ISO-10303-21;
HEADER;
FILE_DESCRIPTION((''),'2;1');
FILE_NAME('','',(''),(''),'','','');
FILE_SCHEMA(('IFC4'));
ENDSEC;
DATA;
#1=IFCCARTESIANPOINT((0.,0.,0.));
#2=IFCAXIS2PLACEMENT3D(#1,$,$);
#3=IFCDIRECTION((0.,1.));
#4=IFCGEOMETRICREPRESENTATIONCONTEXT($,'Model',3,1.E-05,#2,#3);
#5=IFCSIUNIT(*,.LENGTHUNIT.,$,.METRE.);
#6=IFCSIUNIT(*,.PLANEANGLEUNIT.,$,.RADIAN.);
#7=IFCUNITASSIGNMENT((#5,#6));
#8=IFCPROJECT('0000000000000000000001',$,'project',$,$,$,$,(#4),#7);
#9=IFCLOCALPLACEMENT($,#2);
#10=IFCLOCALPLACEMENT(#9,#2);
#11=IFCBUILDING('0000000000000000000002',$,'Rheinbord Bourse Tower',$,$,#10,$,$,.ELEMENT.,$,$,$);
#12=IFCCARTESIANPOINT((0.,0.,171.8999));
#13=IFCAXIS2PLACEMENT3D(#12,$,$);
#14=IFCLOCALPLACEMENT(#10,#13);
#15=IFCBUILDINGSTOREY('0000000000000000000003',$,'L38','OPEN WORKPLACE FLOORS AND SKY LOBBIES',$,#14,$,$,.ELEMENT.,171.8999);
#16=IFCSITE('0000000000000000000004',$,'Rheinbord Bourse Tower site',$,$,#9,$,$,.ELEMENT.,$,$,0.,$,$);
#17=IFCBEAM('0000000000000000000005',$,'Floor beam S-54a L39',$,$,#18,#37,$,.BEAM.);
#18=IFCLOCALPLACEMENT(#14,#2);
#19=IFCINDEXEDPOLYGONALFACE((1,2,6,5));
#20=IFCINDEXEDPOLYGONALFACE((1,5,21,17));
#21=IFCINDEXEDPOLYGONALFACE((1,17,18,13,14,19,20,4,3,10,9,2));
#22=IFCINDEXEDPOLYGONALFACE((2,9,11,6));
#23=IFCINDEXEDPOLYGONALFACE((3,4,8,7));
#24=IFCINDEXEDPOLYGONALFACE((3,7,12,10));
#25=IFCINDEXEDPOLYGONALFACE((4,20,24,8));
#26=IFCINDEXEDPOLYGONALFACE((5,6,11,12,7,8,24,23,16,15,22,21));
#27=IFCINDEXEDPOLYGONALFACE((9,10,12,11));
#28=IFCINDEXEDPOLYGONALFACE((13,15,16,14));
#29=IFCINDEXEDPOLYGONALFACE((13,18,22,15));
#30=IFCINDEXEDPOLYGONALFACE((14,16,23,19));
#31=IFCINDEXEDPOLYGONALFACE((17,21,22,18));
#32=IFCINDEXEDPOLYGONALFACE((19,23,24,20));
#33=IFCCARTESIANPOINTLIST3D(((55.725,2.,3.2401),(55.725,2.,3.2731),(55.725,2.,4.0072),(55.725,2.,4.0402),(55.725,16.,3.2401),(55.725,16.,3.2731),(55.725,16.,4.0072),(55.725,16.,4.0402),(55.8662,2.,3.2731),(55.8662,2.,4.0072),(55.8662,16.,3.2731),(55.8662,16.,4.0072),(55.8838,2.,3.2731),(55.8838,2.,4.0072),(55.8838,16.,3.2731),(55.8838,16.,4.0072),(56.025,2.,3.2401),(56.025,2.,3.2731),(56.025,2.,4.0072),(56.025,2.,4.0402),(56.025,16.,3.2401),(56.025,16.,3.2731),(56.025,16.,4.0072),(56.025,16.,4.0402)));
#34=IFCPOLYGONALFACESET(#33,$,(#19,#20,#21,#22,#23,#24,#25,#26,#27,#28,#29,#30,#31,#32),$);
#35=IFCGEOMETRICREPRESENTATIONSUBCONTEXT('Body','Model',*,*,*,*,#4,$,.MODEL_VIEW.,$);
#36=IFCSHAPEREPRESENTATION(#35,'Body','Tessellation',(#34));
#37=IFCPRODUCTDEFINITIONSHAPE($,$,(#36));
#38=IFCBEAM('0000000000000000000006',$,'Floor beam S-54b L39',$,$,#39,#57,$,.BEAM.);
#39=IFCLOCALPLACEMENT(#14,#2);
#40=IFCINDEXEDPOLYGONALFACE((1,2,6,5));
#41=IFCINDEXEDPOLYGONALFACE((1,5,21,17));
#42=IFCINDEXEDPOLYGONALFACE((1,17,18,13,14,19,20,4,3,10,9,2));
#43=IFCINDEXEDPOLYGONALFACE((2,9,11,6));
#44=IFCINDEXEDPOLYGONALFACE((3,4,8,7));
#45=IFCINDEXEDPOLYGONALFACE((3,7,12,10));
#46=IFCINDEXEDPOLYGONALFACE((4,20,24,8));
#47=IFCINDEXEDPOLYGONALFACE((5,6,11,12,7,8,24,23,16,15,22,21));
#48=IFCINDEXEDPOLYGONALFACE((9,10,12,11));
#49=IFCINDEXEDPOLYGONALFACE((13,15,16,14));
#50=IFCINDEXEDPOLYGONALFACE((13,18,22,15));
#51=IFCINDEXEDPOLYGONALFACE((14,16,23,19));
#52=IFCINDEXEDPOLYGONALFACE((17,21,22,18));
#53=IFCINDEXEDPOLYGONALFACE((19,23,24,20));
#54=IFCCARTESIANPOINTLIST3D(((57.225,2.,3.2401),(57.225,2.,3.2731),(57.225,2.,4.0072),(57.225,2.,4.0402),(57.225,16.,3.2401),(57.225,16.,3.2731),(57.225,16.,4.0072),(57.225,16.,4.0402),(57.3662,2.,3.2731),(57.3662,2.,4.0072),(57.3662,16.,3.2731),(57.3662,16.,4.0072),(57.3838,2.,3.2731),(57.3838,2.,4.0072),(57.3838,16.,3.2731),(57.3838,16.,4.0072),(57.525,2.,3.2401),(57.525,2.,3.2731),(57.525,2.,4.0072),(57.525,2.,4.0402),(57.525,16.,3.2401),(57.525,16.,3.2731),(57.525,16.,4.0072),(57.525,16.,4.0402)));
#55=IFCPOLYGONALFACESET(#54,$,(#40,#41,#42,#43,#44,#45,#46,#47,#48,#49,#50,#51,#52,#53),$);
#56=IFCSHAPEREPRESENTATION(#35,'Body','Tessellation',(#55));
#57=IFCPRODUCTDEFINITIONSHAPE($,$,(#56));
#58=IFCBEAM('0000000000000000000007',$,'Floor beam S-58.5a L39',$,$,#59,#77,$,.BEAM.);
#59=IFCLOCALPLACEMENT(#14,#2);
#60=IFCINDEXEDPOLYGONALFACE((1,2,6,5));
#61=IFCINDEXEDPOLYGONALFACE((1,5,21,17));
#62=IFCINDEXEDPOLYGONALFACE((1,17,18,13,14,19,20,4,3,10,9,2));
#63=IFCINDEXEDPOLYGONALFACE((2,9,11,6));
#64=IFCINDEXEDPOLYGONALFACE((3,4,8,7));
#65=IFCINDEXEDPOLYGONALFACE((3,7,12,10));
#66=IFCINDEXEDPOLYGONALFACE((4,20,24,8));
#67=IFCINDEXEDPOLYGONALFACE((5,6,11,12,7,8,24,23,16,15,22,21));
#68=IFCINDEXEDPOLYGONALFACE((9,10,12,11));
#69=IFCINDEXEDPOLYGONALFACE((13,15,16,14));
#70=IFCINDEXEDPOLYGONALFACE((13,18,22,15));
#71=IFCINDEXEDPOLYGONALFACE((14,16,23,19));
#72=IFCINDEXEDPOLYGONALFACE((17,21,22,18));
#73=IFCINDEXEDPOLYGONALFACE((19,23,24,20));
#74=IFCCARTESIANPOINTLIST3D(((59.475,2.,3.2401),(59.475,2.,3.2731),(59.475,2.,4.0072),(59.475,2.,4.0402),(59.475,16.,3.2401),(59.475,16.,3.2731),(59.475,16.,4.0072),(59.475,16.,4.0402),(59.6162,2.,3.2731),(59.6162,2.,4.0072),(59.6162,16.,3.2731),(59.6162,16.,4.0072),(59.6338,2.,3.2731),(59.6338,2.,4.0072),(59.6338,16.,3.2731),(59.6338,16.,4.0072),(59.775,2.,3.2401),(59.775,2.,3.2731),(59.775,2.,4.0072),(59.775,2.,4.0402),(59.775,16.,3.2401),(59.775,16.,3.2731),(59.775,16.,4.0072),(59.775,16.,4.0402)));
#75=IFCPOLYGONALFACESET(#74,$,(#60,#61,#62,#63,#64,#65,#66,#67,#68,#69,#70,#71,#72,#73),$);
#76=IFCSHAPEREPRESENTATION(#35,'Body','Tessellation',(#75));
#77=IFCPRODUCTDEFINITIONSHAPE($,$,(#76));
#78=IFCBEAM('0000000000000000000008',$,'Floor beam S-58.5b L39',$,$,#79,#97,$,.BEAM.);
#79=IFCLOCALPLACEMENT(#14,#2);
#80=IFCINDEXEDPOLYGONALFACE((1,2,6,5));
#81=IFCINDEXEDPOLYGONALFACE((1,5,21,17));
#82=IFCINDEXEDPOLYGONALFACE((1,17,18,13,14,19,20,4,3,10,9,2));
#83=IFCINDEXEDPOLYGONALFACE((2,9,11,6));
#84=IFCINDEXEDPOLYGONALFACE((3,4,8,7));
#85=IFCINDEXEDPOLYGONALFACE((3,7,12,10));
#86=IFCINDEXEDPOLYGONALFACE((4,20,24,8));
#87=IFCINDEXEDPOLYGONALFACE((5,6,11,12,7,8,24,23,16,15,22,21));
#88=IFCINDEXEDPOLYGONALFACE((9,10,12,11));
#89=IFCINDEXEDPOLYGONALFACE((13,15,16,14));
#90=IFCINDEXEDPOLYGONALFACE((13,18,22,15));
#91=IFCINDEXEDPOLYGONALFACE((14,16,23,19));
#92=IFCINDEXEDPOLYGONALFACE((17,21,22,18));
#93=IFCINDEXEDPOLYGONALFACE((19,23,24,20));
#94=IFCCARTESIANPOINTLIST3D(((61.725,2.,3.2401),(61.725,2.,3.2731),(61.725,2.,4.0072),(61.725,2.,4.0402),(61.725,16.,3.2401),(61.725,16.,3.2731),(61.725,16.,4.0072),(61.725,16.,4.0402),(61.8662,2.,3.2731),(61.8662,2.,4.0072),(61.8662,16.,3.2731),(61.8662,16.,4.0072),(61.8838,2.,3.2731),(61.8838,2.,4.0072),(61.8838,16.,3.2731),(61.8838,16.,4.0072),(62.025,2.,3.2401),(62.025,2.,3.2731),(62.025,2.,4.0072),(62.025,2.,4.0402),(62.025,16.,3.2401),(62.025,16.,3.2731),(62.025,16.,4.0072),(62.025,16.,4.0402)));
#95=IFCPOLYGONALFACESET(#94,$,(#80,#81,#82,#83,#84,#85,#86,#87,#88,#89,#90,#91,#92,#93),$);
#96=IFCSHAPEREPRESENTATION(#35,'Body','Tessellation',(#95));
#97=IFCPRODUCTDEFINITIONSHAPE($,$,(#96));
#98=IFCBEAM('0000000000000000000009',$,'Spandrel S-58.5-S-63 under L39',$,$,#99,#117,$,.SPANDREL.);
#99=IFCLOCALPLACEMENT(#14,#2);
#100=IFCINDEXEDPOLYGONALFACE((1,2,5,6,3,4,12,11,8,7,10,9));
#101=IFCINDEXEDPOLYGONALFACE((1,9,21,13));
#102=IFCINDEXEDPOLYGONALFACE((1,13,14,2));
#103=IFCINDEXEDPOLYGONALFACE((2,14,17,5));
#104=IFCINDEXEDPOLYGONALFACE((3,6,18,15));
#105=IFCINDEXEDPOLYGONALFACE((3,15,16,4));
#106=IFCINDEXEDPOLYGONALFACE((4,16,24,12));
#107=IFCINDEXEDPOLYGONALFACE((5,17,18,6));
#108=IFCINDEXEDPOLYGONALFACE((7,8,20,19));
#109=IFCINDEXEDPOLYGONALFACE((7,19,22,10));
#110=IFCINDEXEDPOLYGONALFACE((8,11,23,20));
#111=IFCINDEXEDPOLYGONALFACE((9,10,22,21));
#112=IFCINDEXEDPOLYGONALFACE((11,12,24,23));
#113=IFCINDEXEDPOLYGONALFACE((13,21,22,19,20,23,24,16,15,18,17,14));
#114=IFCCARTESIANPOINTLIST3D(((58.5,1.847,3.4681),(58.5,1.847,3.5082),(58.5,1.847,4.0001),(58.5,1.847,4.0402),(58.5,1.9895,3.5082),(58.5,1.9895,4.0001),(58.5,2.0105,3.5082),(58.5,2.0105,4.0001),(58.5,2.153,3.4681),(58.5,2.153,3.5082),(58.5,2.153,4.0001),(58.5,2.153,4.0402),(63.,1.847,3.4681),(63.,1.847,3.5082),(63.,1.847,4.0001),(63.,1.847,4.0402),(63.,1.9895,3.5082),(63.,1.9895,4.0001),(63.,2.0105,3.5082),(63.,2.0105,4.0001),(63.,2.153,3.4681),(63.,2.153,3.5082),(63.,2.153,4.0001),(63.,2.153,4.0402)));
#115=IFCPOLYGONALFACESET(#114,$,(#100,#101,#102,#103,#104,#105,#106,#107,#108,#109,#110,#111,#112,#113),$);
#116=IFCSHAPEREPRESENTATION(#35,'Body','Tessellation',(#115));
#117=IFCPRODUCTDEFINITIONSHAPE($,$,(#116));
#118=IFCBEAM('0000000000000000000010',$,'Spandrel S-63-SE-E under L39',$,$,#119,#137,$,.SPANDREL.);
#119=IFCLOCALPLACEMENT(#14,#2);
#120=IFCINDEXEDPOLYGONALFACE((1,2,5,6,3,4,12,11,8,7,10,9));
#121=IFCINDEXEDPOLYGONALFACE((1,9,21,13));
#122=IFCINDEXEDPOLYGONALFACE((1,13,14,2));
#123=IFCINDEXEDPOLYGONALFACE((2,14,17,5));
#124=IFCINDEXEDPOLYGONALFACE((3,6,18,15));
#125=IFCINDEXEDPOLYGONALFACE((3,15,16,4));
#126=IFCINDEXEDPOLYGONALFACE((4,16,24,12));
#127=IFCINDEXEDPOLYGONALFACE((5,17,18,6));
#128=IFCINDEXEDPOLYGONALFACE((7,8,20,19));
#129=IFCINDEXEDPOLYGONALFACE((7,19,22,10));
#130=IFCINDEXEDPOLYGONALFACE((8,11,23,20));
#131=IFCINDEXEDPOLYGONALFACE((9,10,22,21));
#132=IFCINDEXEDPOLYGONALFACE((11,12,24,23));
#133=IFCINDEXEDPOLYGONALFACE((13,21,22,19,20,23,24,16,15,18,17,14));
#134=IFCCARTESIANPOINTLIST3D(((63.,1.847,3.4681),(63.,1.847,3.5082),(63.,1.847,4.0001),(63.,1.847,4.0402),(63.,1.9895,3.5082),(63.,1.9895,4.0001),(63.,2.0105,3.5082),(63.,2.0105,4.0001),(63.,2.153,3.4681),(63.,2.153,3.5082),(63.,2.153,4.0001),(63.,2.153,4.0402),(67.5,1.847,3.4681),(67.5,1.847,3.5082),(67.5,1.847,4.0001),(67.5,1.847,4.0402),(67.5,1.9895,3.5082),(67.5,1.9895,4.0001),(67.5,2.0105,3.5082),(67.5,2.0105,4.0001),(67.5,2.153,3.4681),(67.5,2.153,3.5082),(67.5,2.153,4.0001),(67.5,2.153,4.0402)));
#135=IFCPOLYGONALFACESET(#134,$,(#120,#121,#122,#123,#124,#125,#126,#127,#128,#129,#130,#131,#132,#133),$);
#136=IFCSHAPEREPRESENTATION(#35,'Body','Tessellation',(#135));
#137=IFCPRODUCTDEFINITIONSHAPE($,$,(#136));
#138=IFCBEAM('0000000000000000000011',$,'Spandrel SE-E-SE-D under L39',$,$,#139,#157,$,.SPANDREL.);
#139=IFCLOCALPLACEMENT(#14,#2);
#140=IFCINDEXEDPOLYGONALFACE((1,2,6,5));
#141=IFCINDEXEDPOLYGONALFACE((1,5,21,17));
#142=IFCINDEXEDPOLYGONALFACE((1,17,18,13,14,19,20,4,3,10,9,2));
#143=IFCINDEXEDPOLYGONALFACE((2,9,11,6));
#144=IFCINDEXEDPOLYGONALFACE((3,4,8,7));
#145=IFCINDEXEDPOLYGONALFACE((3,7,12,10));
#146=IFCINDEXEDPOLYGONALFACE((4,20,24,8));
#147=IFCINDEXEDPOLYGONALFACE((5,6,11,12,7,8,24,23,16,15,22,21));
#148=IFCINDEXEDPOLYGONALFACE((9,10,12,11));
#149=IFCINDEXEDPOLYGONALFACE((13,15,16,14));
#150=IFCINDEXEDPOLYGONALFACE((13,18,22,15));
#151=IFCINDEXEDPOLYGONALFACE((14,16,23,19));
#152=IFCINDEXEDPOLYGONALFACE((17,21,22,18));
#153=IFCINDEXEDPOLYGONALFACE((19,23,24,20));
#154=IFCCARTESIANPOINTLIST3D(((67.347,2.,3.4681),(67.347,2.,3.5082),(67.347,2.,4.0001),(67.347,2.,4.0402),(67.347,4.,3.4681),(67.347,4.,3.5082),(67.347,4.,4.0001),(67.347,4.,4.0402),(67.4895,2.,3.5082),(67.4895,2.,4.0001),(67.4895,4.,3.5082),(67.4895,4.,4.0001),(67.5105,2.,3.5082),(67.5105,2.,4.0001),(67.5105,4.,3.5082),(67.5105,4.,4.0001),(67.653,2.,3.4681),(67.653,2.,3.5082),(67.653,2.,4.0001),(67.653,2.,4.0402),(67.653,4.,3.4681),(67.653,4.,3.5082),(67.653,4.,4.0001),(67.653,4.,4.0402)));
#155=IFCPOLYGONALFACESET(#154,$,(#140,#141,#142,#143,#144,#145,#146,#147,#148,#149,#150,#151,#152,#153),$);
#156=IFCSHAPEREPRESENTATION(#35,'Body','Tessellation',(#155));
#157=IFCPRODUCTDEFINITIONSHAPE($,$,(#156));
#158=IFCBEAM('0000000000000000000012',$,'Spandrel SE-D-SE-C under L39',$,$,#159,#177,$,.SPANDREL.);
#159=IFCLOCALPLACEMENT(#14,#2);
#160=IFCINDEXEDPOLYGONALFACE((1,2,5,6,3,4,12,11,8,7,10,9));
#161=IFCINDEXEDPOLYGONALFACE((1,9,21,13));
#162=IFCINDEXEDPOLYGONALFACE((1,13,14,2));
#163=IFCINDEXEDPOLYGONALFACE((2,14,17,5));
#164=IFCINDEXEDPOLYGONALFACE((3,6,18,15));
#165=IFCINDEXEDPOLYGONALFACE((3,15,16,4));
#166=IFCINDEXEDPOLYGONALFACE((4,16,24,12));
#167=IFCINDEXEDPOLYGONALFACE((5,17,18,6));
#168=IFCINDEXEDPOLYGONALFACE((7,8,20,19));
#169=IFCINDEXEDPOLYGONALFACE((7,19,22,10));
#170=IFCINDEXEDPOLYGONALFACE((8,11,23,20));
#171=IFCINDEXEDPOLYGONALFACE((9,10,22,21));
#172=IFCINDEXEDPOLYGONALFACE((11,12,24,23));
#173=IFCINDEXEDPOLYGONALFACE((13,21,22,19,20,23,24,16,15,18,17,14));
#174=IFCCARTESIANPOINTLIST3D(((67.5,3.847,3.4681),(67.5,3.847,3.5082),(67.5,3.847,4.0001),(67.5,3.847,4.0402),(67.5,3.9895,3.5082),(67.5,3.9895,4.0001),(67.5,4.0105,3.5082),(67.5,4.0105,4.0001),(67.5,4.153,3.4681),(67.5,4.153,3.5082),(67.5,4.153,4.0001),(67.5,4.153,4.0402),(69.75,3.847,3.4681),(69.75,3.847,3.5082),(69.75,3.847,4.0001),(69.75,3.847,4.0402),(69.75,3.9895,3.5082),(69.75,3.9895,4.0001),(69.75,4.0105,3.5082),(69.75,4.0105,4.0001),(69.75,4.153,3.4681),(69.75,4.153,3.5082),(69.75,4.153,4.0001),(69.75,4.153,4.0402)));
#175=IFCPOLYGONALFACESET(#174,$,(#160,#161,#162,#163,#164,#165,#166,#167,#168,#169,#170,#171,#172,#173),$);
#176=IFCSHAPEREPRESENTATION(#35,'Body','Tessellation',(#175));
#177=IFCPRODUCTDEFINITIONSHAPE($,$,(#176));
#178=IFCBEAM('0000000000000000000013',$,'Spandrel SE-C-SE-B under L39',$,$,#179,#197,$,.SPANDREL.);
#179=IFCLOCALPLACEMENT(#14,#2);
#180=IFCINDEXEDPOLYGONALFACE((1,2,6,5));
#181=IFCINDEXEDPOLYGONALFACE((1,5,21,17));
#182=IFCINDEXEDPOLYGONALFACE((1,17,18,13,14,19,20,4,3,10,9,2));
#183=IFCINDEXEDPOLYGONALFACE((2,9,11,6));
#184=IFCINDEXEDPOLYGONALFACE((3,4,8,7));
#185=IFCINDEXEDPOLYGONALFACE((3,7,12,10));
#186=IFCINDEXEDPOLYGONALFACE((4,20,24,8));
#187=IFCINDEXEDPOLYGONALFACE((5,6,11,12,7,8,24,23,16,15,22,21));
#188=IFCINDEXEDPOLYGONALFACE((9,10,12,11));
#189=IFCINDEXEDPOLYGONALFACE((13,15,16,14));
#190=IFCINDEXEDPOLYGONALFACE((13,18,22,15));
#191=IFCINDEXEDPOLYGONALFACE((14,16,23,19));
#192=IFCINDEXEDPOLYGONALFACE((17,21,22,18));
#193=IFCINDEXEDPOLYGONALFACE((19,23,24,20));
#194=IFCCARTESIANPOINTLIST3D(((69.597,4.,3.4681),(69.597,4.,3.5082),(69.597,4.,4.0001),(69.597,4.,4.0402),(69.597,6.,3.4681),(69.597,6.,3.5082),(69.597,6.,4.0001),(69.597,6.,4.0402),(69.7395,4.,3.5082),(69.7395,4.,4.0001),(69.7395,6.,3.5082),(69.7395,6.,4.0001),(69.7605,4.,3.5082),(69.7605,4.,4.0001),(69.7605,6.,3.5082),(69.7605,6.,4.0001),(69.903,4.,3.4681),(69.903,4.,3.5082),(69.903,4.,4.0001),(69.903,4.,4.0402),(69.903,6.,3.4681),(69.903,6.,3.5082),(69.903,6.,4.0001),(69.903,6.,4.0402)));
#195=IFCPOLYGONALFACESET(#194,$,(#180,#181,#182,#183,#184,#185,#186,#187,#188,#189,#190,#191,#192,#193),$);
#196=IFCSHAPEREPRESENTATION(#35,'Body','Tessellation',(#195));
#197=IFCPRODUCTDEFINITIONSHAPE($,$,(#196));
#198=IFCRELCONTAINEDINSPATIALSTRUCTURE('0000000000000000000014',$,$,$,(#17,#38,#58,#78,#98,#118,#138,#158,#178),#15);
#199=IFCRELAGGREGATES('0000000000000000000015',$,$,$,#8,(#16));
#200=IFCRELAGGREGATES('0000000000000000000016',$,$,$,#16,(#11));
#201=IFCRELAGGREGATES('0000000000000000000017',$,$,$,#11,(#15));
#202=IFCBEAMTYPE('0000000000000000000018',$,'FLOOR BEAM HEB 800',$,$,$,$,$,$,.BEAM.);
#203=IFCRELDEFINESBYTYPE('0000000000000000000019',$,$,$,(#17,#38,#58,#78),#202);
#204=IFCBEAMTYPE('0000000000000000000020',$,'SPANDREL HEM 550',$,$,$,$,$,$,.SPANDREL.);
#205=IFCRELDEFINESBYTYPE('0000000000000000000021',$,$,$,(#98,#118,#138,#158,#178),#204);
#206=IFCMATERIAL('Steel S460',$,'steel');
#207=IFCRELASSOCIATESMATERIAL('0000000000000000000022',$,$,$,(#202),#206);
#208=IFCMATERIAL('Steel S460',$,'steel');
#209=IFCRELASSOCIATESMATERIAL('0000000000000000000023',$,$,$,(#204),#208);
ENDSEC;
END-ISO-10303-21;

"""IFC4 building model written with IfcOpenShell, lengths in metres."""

from ifc_helpers import new_model, si_unit, direction, frame, origin, origin_2d, place, context, subcontext, project, spatial, i_section, extrude, material, material_profile, profile_set, type_object, element, save


model = new_model("IFC4")

# Units and contexts
model_context = context("Model", 3, precision=1e-05, world=origin(), true_north=direction((0.0, 1.0)))
body_context = subcontext(model_context, "Body", "Model", "MODEL_VIEW")
ifc_project = project(units=[si_unit("LENGTHUNIT", "METRE"), si_unit("PLANEANGLEUNIT", "RADIAN")], contexts=[model_context])

# Site, building, storey
site_placement = place(None, origin())
site = spatial("IfcSite", under=ifc_project, at=site_placement, Name="Rheinbord Bourse Tower site", CompositionType="ELEMENT", RefElevation=0.0)
building_placement = place(site_placement, origin())
building = spatial("IfcBuilding", under=site, at=building_placement, Name="Rheinbord Bourse Tower", CompositionType="ELEMENT")
storey_placement = place(building_placement, frame((0.0, 0.0, 171.8999)))
storey = spatial("IfcBuildingStorey", under=building, at=storey_placement, Name="L38", Description="OPEN WORKPLACE FLOORS AND SKY LOBBIES", CompositionType="ELEMENT", Elevation=171.8999)

# Beams
ifc_material_1 = material(Name="Steel S460", Category="steel")
ifc_material_profile_1 = material_profile(ifc_material_1, i_section(OverallWidth=0.3, OverallDepth=0.8, WebThickness=0.0176, FlangeThickness=0.033, at=origin_2d()), Name="HEB 800")
ifc_profile_set_1 = profile_set([ifc_material_profile_1], Name="Steel S460")
beam_type_1 = type_object("IfcBeamType", Name="FLOOR BEAM HEB 800", PredefinedType="BEAM", material=ifc_profile_set_1)
for number, where, z_axis, x_axis, name in (
    (1, (55.875, 2.0, 3.6401), (0.0, 1.0, 0.0), (-1.0, 0.0, 0.0), "Floor beam S-54a L39"),
    (2, (57.375, 2.0, 3.6401), (0.0, 1.0, 0.0), (-1.0, 0.0, 0.0), "Floor beam S-54b L39"),
    (3, (59.625, 2.0, 3.6401), (0.0, 1.0, 0.0), (-1.0, 0.0, 0.0), "Floor beam S-58.5a L39"),
    (4, (61.875, 2.0, 3.6401), (0.0, 1.0, 0.0), (-1.0, 0.0, 0.0), "Floor beam S-58.5b L39"),
):
    element("IfcBeam", number, at=place(storey_placement, frame(where, z_axis=z_axis, x_axis=x_axis)), inside=storey, type_object=beam_type_1, Name=name, PredefinedType="BEAM", context=body_context, shape_type="SweptSolid", body=[
        extrude(i_section(OverallWidth=0.3, OverallDepth=0.8, WebThickness=0.0176, FlangeThickness=0.033, at=origin_2d()), origin(), (0.0, 0.0, 1.0), 14.0),
    ])
ifc_material_2 = material(Name="Steel S460", Category="steel")
ifc_material_profile_2 = material_profile(ifc_material_2, i_section(OverallWidth=0.3059, OverallDepth=0.572, WebThickness=0.021, FlangeThickness=0.04, at=origin_2d()), Name="HEM 550")
ifc_profile_set_2 = profile_set([ifc_material_profile_2], Name="Steel S460")
beam_type_2 = type_object("IfcBeamType", Name="SPANDREL HEM 550", PredefinedType="SPANDREL", material=ifc_profile_set_2)
for number, where, z_axis, x_axis, name in (
    (5, (58.5, 2.0, 3.7542), (1.0, 0.0, 0.0), (0.0, 1.0, 0.0), "Spandrel S-58.5-S-63 under L39"),
    (6, (63.0, 2.0, 3.7542), (1.0, 0.0, 0.0), (0.0, 1.0, 0.0), "Spandrel S-63-SE-E under L39"),
):
    element("IfcBeam", number, at=place(storey_placement, frame(where, z_axis=z_axis, x_axis=x_axis)), inside=storey, type_object=beam_type_2, Name=name, PredefinedType="SPANDREL", context=body_context, shape_type="SweptSolid", body=[
        extrude(i_section(OverallWidth=0.3059, OverallDepth=0.572, WebThickness=0.021, FlangeThickness=0.04, at=origin_2d()), origin(), (0.0, 0.0, 1.0), 4.5),
    ])
beam_1_placement = place(storey_placement, frame((67.5, 2.0, 3.7542), z_axis=(0.0, 1.0, 0.0), x_axis=(-1.0, 0.0, 0.0)))
element("IfcBeam", 7, at=beam_1_placement, inside=storey, type_object=beam_type_2, Name="Spandrel SE-E-SE-D under L39", PredefinedType="SPANDREL", context=body_context, shape_type="SweptSolid", body=[
    extrude(i_section(OverallWidth=0.3059, OverallDepth=0.572, WebThickness=0.021, FlangeThickness=0.04, at=origin_2d()), origin(), (0.0, 0.0, 1.0), 2.0),
])
beam_2_placement = place(storey_placement, frame((67.5, 4.0, 3.7542), z_axis=(1.0, 0.0, 0.0), x_axis=(0.0, 1.0, 0.0)))
element("IfcBeam", 8, at=beam_2_placement, inside=storey, type_object=beam_type_2, Name="Spandrel SE-D-SE-C under L39", PredefinedType="SPANDREL", context=body_context, shape_type="SweptSolid", body=[
    extrude(i_section(OverallWidth=0.3059, OverallDepth=0.572, WebThickness=0.021, FlangeThickness=0.04, at=origin_2d()), origin(), (0.0, 0.0, 1.0), 2.25),
])
beam_3_placement = place(storey_placement, frame((69.75, 4.0, 3.7542), z_axis=(0.0, 1.0, 0.0), x_axis=(-1.0, 0.0, 0.0)))
element("IfcBeam", 9, at=beam_3_placement, inside=storey, type_object=beam_type_2, Name="Spandrel SE-C-SE-B under L39", PredefinedType="SPANDREL", context=body_context, shape_type="SweptSolid", body=[
    extrude(i_section(OverallWidth=0.3059, OverallDepth=0.572, WebThickness=0.021, FlangeThickness=0.04, at=origin_2d()), origin(), (0.0, 0.0, 1.0), 2.0),
])

save(model, "model.ifc")
